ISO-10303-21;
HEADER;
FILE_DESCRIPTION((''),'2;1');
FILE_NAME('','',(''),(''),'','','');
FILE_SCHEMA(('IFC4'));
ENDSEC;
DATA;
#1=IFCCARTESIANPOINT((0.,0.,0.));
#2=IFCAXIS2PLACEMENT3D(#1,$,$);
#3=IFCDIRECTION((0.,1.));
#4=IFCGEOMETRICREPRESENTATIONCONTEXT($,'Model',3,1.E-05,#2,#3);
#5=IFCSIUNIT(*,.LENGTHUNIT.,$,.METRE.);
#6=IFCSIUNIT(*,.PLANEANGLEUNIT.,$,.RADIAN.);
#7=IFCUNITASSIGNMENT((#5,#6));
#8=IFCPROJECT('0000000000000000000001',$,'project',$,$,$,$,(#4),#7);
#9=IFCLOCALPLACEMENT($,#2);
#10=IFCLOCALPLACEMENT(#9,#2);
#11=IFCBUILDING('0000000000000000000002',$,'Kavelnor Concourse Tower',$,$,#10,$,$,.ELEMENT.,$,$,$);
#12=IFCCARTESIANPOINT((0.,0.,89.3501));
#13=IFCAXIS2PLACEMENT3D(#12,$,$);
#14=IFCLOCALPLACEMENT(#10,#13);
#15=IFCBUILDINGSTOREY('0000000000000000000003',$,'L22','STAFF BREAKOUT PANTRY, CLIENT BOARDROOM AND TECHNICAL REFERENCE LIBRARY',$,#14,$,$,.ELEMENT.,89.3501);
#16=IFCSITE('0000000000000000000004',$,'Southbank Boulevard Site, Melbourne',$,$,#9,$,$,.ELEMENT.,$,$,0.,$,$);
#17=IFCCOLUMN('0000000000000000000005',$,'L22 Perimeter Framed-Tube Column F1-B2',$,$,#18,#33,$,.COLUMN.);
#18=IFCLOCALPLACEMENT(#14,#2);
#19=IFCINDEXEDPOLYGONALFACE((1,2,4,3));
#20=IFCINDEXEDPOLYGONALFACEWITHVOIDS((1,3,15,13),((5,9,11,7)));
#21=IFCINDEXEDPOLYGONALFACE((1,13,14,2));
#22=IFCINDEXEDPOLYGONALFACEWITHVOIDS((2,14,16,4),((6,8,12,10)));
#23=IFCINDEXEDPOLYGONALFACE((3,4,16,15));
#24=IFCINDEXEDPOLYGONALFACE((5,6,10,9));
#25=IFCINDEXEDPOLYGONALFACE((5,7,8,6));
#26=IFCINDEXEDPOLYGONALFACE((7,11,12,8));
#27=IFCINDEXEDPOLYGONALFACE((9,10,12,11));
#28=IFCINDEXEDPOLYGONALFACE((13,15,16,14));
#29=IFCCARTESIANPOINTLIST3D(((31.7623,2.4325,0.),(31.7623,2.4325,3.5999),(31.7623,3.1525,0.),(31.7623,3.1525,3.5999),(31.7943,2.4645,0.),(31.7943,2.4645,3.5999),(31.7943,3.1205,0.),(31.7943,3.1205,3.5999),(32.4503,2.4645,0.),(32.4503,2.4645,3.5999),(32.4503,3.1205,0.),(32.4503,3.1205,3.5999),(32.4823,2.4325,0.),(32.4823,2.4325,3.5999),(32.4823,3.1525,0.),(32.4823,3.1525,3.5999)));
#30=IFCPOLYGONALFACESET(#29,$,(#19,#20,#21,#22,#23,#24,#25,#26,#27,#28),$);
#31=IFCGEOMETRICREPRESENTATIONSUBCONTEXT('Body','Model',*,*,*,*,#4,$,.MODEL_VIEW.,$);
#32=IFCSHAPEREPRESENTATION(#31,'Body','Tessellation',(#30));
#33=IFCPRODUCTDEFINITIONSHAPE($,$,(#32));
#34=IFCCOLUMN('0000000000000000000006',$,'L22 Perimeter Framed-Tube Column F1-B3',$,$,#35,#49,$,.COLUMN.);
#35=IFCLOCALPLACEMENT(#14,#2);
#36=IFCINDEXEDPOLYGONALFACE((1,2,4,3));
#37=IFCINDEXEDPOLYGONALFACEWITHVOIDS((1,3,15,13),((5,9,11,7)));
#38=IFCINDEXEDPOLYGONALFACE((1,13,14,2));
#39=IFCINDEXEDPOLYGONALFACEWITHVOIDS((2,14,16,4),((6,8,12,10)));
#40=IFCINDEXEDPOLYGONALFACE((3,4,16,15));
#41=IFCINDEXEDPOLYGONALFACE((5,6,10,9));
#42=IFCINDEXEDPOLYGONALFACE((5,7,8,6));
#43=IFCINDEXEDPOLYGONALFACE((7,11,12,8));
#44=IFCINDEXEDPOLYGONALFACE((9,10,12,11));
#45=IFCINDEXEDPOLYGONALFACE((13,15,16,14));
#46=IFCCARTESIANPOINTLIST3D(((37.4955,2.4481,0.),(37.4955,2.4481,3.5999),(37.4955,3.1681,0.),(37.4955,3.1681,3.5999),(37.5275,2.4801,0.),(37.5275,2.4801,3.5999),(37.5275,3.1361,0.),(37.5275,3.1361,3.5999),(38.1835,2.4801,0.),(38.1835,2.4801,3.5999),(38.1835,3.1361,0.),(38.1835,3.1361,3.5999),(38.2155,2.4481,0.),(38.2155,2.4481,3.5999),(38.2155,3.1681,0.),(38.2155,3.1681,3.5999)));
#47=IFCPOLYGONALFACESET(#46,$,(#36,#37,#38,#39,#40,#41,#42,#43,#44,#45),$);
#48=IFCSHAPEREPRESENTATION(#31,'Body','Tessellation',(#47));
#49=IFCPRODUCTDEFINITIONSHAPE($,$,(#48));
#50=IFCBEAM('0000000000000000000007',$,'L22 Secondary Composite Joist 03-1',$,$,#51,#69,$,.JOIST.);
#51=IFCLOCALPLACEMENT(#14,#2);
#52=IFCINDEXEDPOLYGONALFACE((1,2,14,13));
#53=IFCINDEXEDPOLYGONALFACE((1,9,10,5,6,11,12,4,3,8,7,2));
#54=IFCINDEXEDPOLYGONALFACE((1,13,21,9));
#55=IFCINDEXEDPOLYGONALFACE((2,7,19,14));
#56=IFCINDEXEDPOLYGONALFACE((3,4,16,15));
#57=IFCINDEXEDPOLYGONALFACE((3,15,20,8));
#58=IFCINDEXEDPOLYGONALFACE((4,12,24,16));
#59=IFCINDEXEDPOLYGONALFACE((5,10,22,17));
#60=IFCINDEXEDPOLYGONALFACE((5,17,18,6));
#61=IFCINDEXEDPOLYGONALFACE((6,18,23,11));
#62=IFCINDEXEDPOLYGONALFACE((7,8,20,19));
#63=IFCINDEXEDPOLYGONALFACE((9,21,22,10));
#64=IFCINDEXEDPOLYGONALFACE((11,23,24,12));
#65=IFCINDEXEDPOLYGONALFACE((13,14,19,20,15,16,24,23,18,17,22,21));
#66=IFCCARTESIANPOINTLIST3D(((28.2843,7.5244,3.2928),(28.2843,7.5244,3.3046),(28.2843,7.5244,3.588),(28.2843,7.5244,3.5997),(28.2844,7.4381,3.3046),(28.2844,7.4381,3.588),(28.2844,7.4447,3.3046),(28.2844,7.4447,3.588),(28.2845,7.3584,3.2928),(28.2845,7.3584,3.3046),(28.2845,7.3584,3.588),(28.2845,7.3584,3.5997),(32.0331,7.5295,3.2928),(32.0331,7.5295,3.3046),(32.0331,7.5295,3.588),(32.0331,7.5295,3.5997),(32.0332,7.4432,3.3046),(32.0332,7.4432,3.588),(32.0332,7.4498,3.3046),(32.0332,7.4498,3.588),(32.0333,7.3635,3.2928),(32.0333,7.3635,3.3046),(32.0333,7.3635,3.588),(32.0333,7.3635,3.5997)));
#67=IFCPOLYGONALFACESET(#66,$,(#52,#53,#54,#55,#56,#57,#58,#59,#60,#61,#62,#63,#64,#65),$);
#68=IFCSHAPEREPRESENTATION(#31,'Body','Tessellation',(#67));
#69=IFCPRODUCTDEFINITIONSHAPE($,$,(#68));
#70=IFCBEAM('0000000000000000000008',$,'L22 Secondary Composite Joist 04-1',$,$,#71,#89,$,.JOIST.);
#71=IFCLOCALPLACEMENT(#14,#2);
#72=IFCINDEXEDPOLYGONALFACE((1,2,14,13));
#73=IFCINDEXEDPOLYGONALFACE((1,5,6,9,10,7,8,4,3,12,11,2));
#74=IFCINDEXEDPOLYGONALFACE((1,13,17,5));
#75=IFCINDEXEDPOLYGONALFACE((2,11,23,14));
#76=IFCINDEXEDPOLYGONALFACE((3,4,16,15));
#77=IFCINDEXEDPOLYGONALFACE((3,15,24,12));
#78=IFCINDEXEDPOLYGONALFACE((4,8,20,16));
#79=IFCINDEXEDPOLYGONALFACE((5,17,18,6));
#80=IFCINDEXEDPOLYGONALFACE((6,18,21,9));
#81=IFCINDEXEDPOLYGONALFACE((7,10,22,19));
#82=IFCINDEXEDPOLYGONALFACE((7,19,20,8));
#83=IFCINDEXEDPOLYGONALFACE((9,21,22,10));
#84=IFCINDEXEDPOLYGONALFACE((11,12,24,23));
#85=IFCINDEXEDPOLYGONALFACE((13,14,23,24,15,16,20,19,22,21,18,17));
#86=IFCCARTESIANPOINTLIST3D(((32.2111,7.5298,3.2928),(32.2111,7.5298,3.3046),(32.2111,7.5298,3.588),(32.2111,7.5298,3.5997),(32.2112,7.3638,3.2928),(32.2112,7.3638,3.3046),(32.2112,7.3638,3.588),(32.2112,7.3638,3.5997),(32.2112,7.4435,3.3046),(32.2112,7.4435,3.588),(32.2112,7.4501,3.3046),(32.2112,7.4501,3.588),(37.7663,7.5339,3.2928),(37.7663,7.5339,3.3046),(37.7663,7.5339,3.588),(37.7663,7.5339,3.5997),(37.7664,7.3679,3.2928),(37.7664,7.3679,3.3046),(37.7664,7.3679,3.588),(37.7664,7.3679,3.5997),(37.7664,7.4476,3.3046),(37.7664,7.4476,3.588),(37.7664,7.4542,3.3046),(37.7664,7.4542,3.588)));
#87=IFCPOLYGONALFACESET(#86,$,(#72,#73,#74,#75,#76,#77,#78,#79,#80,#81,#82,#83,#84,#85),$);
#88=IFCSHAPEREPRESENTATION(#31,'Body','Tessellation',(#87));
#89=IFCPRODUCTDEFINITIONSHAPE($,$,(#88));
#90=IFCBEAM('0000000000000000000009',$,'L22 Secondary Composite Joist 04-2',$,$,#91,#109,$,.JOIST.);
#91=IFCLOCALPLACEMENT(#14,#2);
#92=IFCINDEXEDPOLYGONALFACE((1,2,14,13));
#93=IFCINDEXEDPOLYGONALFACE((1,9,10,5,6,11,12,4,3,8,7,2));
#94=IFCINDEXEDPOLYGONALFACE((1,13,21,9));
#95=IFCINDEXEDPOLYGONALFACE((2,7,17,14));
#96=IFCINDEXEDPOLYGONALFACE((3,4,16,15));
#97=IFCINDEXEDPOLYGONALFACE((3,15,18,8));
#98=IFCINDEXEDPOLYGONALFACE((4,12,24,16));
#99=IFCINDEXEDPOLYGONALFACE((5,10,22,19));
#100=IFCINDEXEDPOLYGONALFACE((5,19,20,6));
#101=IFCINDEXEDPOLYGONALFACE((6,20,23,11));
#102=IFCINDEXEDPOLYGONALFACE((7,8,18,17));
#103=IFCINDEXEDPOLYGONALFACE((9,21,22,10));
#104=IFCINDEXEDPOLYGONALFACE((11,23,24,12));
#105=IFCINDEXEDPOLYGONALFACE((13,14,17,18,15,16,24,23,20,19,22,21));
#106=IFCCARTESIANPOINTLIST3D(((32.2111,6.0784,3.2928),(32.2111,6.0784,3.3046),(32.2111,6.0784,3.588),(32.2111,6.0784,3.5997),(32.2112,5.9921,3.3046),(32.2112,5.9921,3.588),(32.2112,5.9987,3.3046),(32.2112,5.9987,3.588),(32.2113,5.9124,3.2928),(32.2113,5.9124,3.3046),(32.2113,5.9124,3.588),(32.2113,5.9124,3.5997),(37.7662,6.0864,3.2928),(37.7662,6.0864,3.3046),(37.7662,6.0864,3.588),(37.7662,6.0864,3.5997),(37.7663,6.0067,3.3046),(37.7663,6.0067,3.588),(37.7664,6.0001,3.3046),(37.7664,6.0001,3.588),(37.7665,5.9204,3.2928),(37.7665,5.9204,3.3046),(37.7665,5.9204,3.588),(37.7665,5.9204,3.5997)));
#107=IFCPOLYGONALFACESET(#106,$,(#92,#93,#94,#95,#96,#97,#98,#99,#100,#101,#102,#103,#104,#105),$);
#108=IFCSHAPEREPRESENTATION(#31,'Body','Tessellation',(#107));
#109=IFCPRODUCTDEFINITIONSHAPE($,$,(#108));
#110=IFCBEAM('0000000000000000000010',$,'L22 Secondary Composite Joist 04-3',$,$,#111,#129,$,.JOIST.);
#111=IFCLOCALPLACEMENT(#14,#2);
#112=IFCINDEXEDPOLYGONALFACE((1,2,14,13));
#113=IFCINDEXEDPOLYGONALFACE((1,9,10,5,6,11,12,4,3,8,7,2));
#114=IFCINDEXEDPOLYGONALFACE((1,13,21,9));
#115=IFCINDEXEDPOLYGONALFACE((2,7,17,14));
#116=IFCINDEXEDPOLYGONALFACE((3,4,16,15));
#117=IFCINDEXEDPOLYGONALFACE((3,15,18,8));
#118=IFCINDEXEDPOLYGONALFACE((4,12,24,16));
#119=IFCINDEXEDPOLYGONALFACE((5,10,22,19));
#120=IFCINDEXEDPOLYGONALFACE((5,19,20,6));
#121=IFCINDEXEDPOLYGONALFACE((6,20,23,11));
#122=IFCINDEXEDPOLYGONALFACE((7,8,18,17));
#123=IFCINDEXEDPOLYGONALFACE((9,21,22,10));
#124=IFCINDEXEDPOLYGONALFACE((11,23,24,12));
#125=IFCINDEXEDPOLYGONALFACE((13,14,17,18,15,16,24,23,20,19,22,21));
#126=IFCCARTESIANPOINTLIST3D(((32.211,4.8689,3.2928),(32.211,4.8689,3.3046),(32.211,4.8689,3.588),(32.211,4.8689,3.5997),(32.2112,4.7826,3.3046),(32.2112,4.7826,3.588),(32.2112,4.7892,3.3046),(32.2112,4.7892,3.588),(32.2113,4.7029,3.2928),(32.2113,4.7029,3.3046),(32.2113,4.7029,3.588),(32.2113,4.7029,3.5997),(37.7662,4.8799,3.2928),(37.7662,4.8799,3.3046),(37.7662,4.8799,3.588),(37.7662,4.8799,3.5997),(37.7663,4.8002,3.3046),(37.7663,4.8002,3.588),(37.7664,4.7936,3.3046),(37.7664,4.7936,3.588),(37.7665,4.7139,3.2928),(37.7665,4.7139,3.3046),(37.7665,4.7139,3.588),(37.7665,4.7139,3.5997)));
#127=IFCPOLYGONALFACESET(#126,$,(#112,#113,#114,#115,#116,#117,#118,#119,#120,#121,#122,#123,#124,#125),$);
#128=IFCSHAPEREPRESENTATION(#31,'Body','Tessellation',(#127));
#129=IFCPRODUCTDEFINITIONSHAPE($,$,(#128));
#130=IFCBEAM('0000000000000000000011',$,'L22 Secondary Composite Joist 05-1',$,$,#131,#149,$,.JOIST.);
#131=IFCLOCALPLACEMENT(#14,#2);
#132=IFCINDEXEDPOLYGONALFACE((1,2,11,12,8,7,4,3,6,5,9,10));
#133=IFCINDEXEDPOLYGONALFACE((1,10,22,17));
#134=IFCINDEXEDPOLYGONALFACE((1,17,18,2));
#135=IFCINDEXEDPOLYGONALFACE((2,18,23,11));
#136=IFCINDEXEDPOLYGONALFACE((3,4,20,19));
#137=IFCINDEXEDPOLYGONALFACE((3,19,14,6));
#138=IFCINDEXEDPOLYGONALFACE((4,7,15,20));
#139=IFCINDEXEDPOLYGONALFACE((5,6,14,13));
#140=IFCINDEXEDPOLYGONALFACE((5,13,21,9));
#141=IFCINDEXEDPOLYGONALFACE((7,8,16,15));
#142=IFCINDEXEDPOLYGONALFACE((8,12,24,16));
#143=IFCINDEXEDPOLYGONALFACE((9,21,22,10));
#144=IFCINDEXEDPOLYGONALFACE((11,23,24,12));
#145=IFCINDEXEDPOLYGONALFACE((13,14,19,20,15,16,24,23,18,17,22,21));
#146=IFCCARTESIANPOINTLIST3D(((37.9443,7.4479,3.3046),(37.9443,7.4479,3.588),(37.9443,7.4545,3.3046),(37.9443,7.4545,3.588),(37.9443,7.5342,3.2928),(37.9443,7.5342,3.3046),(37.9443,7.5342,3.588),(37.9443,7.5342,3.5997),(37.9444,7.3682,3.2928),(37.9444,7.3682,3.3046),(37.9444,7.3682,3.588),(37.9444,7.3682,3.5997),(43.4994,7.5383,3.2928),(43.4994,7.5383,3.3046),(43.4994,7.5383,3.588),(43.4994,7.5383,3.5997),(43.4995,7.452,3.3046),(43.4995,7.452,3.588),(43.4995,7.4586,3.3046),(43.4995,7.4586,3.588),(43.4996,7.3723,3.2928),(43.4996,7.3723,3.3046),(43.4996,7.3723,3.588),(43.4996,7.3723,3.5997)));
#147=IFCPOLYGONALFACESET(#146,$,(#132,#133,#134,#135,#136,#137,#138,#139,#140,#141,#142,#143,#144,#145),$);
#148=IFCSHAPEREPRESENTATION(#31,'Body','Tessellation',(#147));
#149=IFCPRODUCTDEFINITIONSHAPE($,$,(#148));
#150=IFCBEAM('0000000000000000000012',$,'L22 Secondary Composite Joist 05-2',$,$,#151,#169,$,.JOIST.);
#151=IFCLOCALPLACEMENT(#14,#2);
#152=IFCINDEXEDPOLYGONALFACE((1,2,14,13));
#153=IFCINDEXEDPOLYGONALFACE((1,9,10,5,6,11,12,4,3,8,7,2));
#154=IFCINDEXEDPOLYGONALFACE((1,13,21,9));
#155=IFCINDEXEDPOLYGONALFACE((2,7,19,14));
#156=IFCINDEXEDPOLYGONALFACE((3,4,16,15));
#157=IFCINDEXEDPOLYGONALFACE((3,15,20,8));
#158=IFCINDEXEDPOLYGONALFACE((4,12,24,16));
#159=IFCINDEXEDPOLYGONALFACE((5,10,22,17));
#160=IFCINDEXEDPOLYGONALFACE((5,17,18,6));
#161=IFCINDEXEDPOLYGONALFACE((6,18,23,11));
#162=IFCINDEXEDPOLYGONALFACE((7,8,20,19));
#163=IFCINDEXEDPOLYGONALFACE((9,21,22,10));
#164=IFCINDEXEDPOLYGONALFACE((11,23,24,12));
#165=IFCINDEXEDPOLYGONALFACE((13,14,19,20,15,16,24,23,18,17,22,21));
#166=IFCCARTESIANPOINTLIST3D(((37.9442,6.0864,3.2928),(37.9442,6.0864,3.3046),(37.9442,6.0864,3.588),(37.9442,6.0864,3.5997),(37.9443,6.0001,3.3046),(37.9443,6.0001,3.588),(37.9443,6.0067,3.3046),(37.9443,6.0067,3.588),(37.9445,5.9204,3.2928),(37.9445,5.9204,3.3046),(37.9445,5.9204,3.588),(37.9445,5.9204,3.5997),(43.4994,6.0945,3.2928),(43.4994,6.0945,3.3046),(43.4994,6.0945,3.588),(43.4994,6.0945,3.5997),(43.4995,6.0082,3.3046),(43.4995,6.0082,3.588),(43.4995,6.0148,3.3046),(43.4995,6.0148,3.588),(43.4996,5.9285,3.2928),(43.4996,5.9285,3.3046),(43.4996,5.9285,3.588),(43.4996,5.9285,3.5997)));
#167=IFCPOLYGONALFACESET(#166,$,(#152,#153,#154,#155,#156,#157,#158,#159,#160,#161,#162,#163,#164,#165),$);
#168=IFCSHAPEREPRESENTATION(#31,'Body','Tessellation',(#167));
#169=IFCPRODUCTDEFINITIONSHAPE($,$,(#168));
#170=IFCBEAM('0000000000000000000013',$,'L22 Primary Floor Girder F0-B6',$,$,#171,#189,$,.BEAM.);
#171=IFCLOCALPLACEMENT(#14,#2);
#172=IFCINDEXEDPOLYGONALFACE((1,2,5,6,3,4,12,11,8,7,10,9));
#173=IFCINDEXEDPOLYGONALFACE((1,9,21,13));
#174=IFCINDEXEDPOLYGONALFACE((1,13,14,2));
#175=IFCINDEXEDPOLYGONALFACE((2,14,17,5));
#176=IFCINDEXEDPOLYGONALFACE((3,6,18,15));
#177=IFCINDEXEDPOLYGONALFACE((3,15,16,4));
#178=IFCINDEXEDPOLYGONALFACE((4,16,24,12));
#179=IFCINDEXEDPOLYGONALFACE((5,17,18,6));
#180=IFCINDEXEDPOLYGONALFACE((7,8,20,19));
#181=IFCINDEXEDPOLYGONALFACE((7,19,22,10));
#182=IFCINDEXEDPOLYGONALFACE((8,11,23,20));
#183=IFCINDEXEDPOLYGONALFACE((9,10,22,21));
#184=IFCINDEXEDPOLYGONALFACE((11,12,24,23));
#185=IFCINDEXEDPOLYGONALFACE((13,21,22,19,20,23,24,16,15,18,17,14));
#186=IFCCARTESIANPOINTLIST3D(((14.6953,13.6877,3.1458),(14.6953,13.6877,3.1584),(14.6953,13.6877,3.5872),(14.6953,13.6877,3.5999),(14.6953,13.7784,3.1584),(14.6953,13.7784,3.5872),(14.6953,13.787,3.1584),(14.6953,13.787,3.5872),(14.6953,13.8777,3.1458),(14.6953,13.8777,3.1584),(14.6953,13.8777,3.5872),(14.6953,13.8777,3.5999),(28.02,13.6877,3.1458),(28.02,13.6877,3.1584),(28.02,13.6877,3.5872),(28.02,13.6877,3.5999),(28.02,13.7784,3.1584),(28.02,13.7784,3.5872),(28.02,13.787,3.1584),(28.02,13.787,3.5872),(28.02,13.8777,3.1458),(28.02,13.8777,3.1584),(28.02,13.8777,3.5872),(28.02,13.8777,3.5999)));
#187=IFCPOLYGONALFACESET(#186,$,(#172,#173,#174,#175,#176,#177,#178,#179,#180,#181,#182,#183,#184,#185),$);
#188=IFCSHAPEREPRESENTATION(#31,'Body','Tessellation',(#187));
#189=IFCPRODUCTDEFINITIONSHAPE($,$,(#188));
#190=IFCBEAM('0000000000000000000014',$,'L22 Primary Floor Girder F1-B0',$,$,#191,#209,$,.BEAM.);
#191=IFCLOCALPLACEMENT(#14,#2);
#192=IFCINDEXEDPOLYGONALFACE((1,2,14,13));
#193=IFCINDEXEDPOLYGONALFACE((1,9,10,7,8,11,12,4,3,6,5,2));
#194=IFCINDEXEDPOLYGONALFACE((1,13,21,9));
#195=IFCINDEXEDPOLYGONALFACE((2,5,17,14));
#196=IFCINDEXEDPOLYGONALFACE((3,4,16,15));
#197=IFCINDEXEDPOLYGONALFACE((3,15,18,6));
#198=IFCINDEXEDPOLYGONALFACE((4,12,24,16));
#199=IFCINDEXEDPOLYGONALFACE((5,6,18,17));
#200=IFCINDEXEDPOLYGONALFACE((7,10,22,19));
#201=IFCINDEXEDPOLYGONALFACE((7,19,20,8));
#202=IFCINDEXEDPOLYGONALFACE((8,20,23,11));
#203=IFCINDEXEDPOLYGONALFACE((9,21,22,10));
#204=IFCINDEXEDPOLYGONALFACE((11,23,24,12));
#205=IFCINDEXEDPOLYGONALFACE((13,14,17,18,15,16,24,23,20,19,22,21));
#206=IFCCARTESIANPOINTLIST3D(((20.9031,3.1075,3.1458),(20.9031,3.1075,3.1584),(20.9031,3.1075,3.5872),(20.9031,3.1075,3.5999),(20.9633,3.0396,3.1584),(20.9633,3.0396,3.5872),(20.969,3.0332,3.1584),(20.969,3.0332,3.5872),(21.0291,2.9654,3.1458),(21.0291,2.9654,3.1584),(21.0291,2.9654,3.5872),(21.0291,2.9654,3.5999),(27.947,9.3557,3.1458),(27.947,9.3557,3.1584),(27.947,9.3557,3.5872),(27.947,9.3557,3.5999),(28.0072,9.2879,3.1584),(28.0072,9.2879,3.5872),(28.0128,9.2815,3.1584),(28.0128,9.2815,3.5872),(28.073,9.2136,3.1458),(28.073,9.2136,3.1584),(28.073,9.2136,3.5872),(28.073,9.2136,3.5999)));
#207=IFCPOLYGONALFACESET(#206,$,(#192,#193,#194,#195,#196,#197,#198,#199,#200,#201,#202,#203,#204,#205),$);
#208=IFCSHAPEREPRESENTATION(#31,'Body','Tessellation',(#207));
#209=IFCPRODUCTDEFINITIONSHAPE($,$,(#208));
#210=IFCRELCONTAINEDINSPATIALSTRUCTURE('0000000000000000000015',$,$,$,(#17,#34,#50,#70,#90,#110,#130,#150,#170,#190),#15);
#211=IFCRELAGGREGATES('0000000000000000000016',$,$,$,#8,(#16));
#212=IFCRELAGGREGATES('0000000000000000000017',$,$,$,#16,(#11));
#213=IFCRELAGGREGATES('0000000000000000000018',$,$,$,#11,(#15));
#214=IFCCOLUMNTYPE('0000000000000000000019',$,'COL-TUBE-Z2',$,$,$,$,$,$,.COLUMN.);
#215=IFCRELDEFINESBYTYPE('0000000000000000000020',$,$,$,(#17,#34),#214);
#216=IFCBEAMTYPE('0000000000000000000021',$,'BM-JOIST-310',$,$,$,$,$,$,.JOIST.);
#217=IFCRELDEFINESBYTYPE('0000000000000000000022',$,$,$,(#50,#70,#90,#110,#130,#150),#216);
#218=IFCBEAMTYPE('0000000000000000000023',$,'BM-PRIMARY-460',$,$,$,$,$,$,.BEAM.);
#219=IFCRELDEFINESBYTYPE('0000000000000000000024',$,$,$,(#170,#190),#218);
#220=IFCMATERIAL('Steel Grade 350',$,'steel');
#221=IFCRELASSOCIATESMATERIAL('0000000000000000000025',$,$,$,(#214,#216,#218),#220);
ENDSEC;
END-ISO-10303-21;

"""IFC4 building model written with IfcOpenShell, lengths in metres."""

from ifc_helpers import new_model, si_unit, direction, frame, origin, origin_2d, place, context, subcontext, project, spatial, hollow_rectangle, i_section, extrude, material, material_profile, profile_set, type_object, element, save


model = new_model("IFC4")

# Units and contexts
model_context = context("Model", 3, precision=1e-05, world=origin(), true_north=direction((0.0, 1.0)))
body_context = subcontext(model_context, "Body", "Model", "MODEL_VIEW")
ifc_project = project(units=[si_unit("LENGTHUNIT", "METRE"), si_unit("PLANEANGLEUNIT", "RADIAN")], contexts=[model_context])

# Site, building, storey
site_placement = place(None, origin())
site = spatial("IfcSite", under=ifc_project, at=site_placement, Name="Southbank Boulevard Site, Melbourne", CompositionType="ELEMENT", RefElevation=0.0)
building_placement = place(site_placement, origin())
building = spatial("IfcBuilding", under=site, at=building_placement, Name="Kavelnor Concourse Tower", CompositionType="ELEMENT")
storey_placement = place(building_placement, frame((0.0, 0.0, 89.3501)))
storey = spatial("IfcBuildingStorey", under=building, at=storey_placement, Name="L22", Description="STAFF BREAKOUT PANTRY, CLIENT BOARDROOM AND TECHNICAL REFERENCE LIBRARY", CompositionType="ELEMENT", Elevation=89.3501)

# Columns
ifc_material_1 = material(Name="Steel Grade 350", Category="steel")
ifc_material_profile_1 = material_profile(ifc_material_1, hollow_rectangle(XDim=0.72, YDim=0.72, WallThickness=0.032, at=origin_2d()), Name="SHS 720x720x32")
ifc_profile_set_1 = profile_set([ifc_material_profile_1], Name="Steel Grade 350")
column_type = type_object("IfcColumnType", Name="COL-TUBE-Z2", PredefinedType="COLUMN", material=ifc_profile_set_1)
for number, where, z_axis, x_axis, name in (
    (1, (32.1223, 2.7925, 0.0), (0.0, 0.0, 1.0), (1.0, 0.0, 0.0), "L22 Perimeter Framed-Tube Column F1-B2"),
    (2, (37.8555, 2.8081, 0.0), (0.0, 0.0, 1.0), (1.0, 0.0, 0.0), "L22 Perimeter Framed-Tube Column F1-B3"),
):
    element("IfcColumn", number, at=place(storey_placement, frame(where, z_axis=z_axis, x_axis=x_axis)), inside=storey, type_object=column_type, Name=name, PredefinedType="COLUMN", context=body_context, shape_type="SweptSolid", body=[
        extrude(hollow_rectangle(XDim=0.72, YDim=0.72, WallThickness=0.032, at=origin_2d()), origin(), (0.0, 0.0, 1.0), 3.5999),
    ])

# Beams
ifc_material_profile_2 = material_profile(ifc_material_1, i_section(OverallWidth=0.166, OverallDepth=0.3069, WebThickness=0.0066, FlangeThickness=0.0117, at=origin_2d()), Name="310UB46")
ifc_profile_set_2 = profile_set([ifc_material_profile_2], Name="Steel Grade 350")
beam_type_1 = type_object("IfcBeamType", Name="BM-JOIST-310", PredefinedType="JOIST", material=ifc_profile_set_2)
beam_1_placement = place(storey_placement, frame((28.2844, 7.4414, 3.4463), z_axis=(0.999999, 0.001368, 0.0), x_axis=(-0.001368, 0.999999, 0.0)))
element("IfcBeam", 3, at=beam_1_placement, inside=storey, type_object=beam_type_1, Name="L22 Secondary Composite Joist 03-1", PredefinedType="JOIST", context=body_context, shape_type="SweptSolid", body=[
    extrude(i_section(OverallWidth=0.166, OverallDepth=0.3069, WebThickness=0.0066, FlangeThickness=0.0117, at=origin_2d()), origin(), (0.0, 0.0, 1.0), 3.7488),
])
for number, where, z_axis, x_axis, name in (
    (4, (32.2112, 7.4468, 3.4463), (1.0, 0.000747, 0.0), (-0.000747, 1.0, 0.0), "L22 Secondary Composite Joist 04-1"),
    (5, (32.2112, 5.9954, 3.4463), (0.999999, 0.00145, 0.0), (-0.00145, 0.999999, 0.0), "L22 Secondary Composite Joist 04-2"),
    (6, (32.2112, 4.7859, 3.4463), (0.999998, 0.001978, 0.0), (-0.001978, 0.999998, 0.0), "L22 Secondary Composite Joist 04-3"),
    (7, (37.9443, 7.4512, 3.4463), (1.0, 0.000747, 0.0), (-0.000747, 1.0, 0.0), "L22 Secondary Composite Joist 05-1"),
    (8, (37.9443, 6.0034, 3.4463), (0.999999, 0.00145, 0.0), (-0.00145, 0.999999, 0.0), "L22 Secondary Composite Joist 05-2"),
):
    element("IfcBeam", number, at=place(storey_placement, frame(where, z_axis=z_axis, x_axis=x_axis)), inside=storey, type_object=beam_type_1, Name=name, PredefinedType="JOIST", context=body_context, shape_type="SweptSolid", body=[
        extrude(i_section(OverallWidth=0.166, OverallDepth=0.3069, WebThickness=0.0066, FlangeThickness=0.0117, at=origin_2d()), origin(), (0.0, 0.0, 1.0), 5.5552),
    ])
ifc_material_profile_3 = material_profile(ifc_material_1, i_section(OverallWidth=0.1899, OverallDepth=0.4541, WebThickness=0.0085, FlangeThickness=0.0127, at=origin_2d()), Name="460UB67")
ifc_profile_set_3 = profile_set([ifc_material_profile_3], Name="Steel Grade 350")
beam_type_2 = type_object("IfcBeamType", Name="BM-PRIMARY-460", PredefinedType="BEAM", material=ifc_profile_set_3)
beam_2_placement = place(storey_placement, frame((28.02, 13.7827, 3.3728), z_axis=(-1.0, 0.0, 0.0), x_axis=(0.0, -1.0, 0.0)))
element("IfcBeam", 9, at=beam_2_placement, inside=storey, type_object=beam_type_2, Name="L22 Primary Floor Girder F0-B6", PredefinedType="BEAM", context=body_context, shape_type="SweptSolid", body=[
    extrude(i_section(OverallWidth=0.1899, OverallDepth=0.4541, WebThickness=0.0085, FlangeThickness=0.0127, at=origin_2d()), origin(), (0.0, 0.0, 1.0), 13.3247),
])
beam_3_placement = place(storey_placement, frame((28.01, 9.2847, 3.3728), z_axis=(-0.748094, -0.663593, 0.0), x_axis=(0.663593, -0.748094, 0.0)))
element("IfcBeam", 10, at=beam_3_placement, inside=storey, type_object=beam_type_2, Name="L22 Primary Floor Girder F1-B0", PredefinedType="BEAM", context=body_context, shape_type="SweptSolid", body=[
    extrude(i_section(OverallWidth=0.1899, OverallDepth=0.4541, WebThickness=0.0085, FlangeThickness=0.0127, at=origin_2d()), origin(), (0.0, 0.0, 1.0), 9.4158),
])

save(model, "model.ifc")
